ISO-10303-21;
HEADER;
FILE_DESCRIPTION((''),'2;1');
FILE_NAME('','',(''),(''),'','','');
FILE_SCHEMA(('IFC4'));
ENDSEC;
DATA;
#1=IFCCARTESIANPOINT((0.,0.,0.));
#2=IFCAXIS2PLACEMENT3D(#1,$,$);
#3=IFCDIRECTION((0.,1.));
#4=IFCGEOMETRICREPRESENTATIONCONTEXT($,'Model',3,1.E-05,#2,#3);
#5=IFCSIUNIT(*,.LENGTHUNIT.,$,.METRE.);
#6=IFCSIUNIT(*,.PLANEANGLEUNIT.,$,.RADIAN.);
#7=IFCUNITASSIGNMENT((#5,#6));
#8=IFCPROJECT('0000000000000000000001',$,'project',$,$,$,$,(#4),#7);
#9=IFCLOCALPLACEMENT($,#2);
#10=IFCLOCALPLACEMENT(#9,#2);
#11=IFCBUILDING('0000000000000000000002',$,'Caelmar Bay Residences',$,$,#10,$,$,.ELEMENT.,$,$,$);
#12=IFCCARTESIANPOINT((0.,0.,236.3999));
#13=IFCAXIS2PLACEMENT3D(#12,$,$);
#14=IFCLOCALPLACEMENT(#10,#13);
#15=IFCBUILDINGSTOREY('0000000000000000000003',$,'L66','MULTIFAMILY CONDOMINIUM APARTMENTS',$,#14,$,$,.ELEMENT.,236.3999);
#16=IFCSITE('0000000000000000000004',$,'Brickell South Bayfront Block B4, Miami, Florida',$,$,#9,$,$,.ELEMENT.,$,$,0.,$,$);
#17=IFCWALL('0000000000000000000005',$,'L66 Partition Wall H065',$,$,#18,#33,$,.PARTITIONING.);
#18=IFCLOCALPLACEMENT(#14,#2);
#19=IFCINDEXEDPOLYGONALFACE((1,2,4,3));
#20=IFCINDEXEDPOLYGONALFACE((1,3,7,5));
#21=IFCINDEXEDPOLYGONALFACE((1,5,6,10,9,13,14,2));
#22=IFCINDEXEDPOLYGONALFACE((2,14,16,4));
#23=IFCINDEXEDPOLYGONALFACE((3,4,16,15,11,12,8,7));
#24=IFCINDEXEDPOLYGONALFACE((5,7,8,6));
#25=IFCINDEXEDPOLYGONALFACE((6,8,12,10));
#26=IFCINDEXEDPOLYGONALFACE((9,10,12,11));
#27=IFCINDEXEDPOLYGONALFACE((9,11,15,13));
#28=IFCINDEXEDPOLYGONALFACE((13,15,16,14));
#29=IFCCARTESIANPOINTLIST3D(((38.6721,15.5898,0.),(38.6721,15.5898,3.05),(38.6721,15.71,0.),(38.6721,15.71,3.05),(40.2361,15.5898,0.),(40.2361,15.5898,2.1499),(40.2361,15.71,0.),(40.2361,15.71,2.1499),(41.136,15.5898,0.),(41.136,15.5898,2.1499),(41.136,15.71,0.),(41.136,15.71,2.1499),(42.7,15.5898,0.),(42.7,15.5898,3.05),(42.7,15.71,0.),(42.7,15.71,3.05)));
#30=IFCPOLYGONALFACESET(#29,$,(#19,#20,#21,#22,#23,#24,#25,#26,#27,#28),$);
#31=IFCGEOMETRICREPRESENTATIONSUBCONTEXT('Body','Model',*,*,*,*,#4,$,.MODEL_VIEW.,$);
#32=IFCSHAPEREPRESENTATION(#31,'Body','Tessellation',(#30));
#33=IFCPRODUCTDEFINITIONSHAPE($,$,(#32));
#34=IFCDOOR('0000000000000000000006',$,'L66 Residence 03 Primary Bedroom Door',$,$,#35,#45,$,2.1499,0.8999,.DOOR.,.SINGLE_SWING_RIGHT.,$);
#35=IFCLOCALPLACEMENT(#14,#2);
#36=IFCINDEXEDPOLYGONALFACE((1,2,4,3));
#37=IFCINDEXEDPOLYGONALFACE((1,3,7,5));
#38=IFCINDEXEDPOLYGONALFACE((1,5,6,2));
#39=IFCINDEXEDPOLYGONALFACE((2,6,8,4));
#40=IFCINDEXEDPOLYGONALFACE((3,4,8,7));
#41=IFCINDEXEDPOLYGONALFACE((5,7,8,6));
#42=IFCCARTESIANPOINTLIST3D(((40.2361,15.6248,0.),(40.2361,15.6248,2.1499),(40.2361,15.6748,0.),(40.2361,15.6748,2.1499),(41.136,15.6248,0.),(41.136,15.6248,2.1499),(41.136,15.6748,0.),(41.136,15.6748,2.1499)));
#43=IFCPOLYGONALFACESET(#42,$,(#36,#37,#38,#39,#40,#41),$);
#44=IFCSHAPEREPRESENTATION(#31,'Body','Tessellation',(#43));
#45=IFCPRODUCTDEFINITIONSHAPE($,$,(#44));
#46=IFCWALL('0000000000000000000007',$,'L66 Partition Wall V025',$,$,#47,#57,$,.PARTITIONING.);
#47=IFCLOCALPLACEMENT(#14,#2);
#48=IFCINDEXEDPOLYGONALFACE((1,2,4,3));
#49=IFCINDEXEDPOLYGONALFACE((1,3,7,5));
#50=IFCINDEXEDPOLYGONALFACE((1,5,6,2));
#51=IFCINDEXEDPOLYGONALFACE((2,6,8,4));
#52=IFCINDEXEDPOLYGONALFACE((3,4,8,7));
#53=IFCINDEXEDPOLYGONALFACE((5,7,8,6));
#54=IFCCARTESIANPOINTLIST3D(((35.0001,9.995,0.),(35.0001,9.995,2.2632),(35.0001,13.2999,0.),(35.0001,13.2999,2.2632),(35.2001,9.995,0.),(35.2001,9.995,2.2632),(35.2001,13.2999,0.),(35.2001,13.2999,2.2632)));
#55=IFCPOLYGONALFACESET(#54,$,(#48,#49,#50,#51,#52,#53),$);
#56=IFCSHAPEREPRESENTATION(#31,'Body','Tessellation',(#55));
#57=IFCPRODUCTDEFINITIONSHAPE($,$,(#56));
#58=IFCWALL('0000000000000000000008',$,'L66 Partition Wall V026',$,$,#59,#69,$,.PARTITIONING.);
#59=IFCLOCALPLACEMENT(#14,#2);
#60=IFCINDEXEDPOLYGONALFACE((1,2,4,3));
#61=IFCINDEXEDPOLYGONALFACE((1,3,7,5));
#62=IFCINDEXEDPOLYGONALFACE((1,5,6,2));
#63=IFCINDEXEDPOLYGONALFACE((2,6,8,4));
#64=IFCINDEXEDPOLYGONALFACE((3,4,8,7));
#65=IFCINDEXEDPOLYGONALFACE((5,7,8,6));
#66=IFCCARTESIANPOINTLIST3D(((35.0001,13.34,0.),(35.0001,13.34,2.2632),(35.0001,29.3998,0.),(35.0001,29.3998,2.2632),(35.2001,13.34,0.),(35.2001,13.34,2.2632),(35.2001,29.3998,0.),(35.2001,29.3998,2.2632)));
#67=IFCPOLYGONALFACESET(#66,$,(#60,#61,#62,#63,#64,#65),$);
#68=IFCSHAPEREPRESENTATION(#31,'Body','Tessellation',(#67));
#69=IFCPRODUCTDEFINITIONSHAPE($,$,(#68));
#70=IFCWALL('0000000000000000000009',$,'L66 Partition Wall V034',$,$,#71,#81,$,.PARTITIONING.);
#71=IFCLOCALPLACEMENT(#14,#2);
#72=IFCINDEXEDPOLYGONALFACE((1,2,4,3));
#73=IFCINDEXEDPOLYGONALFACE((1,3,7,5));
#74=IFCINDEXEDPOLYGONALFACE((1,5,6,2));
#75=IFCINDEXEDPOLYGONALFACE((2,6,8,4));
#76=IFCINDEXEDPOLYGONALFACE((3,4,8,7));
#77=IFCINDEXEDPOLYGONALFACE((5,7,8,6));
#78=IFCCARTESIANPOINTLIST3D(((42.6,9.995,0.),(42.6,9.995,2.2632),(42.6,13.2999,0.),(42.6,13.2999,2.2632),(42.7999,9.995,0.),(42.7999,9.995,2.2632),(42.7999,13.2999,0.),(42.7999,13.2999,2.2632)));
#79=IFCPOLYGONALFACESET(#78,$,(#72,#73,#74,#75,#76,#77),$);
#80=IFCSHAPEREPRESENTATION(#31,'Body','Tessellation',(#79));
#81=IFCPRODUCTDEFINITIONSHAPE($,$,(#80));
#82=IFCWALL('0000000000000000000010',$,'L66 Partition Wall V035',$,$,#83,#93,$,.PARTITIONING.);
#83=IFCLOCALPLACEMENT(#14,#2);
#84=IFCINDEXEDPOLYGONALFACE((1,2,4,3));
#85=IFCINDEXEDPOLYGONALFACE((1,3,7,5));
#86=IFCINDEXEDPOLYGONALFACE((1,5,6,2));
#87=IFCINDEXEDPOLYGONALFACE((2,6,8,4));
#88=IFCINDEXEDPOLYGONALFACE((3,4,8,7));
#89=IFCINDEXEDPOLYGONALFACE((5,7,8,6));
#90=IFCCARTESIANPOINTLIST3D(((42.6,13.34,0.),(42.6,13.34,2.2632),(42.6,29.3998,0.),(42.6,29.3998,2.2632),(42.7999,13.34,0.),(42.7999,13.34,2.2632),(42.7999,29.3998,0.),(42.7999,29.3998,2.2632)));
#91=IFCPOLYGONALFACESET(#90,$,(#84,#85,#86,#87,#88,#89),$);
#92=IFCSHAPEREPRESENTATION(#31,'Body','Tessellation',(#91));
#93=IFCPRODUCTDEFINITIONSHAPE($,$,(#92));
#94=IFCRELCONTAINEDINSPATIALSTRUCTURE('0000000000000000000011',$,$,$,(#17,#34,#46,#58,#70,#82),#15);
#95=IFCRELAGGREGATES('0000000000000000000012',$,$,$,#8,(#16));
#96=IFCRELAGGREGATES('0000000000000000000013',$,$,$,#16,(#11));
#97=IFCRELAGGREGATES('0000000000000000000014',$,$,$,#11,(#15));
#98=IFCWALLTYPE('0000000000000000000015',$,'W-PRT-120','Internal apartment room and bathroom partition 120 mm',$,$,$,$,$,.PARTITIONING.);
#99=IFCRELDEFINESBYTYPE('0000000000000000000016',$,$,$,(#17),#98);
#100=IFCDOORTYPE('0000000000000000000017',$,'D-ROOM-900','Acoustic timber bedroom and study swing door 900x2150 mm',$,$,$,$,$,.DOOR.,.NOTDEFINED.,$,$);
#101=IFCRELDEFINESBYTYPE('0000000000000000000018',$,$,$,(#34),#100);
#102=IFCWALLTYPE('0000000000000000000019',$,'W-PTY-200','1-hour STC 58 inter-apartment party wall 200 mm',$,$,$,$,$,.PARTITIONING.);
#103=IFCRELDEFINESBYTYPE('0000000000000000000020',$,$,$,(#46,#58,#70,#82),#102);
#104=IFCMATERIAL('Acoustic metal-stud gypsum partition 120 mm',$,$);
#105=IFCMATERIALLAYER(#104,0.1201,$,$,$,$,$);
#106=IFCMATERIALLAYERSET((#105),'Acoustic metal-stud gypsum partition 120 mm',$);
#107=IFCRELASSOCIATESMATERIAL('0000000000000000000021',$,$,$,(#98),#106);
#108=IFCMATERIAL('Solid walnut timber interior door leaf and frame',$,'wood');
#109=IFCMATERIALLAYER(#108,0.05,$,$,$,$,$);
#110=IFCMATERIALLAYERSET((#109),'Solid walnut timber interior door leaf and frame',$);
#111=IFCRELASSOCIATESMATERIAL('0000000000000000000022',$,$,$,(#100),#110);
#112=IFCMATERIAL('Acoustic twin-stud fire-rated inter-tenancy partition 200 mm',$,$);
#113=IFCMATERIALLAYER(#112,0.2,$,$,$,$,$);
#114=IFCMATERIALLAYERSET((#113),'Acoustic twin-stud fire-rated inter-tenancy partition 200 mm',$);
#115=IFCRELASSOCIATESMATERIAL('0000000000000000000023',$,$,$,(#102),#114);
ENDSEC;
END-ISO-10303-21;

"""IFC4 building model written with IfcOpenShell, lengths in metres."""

from ifc_helpers import new_model, si_unit, direction, frame, frame_2d, origin, place, context, subcontext, project, spatial, rectangle, extrude, material, layer, layer_set, type_object, element, fill, save


model = new_model("IFC4")

# Units and contexts
model_context = context("Model", 3, precision=1e-05, world=origin(), true_north=direction((0.0, 1.0)))
body_context = subcontext(model_context, "Body", "Model", "MODEL_VIEW")
ifc_project = project(units=[si_unit("LENGTHUNIT", "METRE"), si_unit("PLANEANGLEUNIT", "RADIAN")], contexts=[model_context])

# Site, building, storey
site_placement = place(None, origin())
site = spatial("IfcSite", under=ifc_project, at=site_placement, Name="Brickell South Bayfront Block B4, Miami, Florida", CompositionType="ELEMENT", RefElevation=0.0)
building_placement = place(site_placement, origin())
building = spatial("IfcBuilding", under=site, at=building_placement, Name="Caelmar Bay Residences", CompositionType="ELEMENT")
storey_placement = place(building_placement, frame((0.0, 0.0, 236.3999)))
storey = spatial("IfcBuildingStorey", under=building, at=storey_placement, Name="L66", Description="MULTIFAMILY CONDOMINIUM APARTMENTS", CompositionType="ELEMENT", Elevation=236.3999)

# Shared definitions
ifc_material_1 = material(Name="Acoustic metal-stud gypsum partition 120 mm")
ifc_layer_1 = layer(ifc_material_1, 0.1201)
ifc_layer_set_1 = layer_set([ifc_layer_1], Name="Acoustic metal-stud gypsum partition 120 mm")
wall_type_1 = type_object("IfcWallType", Name="W-PRT-120", Description="Internal apartment room and bathroom partition 120 mm", PredefinedType="PARTITIONING", material=ifc_layer_set_1)

# Wall, opening, door
wall_1_placement = place(storey_placement, frame((38.6721, 15.6499, 0.0), z_axis=(0.0, 0.0, 1.0), x_axis=(1.0, 0.0, 0.0)))
wall_1 = element("IfcWall", 1, at=wall_1_placement, inside=storey, type_object=wall_type_1, Name="L66 Partition Wall H065", PredefinedType="PARTITIONING", context=body_context, shape_type="SweptSolid", body=[
    extrude(rectangle(XDim=4.0278, YDim=0.1201, at=frame_2d((2.0139, 0.0))), origin(), (0.0, 0.0, 1.0), 3.05),
])
opening_placement = place(wall_1_placement, frame((1.564, 0.0, 0.0)))
opening = element("IfcOpeningElement", 2, at=opening_placement, cuts=wall_1, PredefinedType="OPENING", context=body_context, shape_type="SweptSolid", body=[
    extrude(rectangle(XDim=0.8999, YDim=2.1499, at=frame_2d((0.45, 1.075))), frame((0.0, 0.0701, 0.0), z_axis=(0.0, -1.0, 0.0), x_axis=(1.0, 0.0, 0.0)), (0.0, 0.0, 1.0), 0.1401),
])
ifc_material_2 = material(Name="Solid walnut timber interior door leaf and frame", Category="wood")
ifc_layer_2 = layer(ifc_material_2, 0.05)
ifc_layer_set_2 = layer_set([ifc_layer_2], Name="Solid walnut timber interior door leaf and frame")
door_type = type_object("IfcDoorType", Name="D-ROOM-900", Description="Acoustic timber bedroom and study swing door 900x2150 mm", OperationType="NOTDEFINED", PredefinedType="DOOR", material=ifc_layer_set_2)
door_placement = place(opening_placement, origin())
door = element("IfcDoor", 3, at=door_placement, inside=storey, type_object=door_type, Name="L66 Residence 03 Primary Bedroom Door", OperationType="SINGLE_SWING_RIGHT", OverallHeight=2.1499, OverallWidth=0.8999, PredefinedType="DOOR", context=body_context, shape_type="SweptSolid", body=[
    extrude(rectangle(XDim=0.8999, YDim=2.1499, at=frame_2d((0.45, 1.075))), frame((0.0, 0.0249, 0.0), z_axis=(0.0, -1.0, 0.0), x_axis=(1.0, 0.0, 0.0)), (0.0, 0.0, 1.0), 0.05),
])
fill(opening, door)

# Walls
ifc_material_3 = material(Name="Acoustic twin-stud fire-rated inter-tenancy partition 200 mm")
ifc_layer_3 = layer(ifc_material_3, 0.2)
ifc_layer_set_3 = layer_set([ifc_layer_3], Name="Acoustic twin-stud fire-rated inter-tenancy partition 200 mm")
wall_type_2 = type_object("IfcWallType", Name="W-PTY-200", Description="1-hour STC 58 inter-apartment party wall 200 mm", PredefinedType="PARTITIONING", material=ifc_layer_set_3)
wall_2_placement = place(storey_placement, frame((35.1001, 9.9951, 0.0), z_axis=(0.0, 0.0, 1.0), x_axis=(0.0, 1.0, 0.0)))
element("IfcWall", 4, at=wall_2_placement, inside=storey, type_object=wall_type_2, Name="L66 Partition Wall V025", PredefinedType="PARTITIONING", context=body_context, shape_type="SweptSolid", body=[
    extrude(rectangle(XDim=3.3049, YDim=0.2, at=frame_2d((1.6523, 0.0))), origin(), (0.0, 0.0, 1.0), 2.2632),
])
wall_3_placement = place(storey_placement, frame((35.1001, 13.3401, 0.0), z_axis=(0.0, 0.0, 1.0), x_axis=(0.0, 1.0, 0.0)))
element("IfcWall", 5, at=wall_3_placement, inside=storey, type_object=wall_type_2, Name="L66 Partition Wall V026", PredefinedType="PARTITIONING", context=body_context, shape_type="SweptSolid", body=[
    extrude(rectangle(XDim=16.0598, YDim=0.2, at=frame_2d((8.0298, 0.0))), origin(), (0.0, 0.0, 1.0), 2.2632),
])
wall_4_placement = place(storey_placement, frame((42.7, 9.9951, 0.0), z_axis=(0.0, 0.0, 1.0), x_axis=(0.0, 1.0, 0.0)))
element("IfcWall", 6, at=wall_4_placement, inside=storey, type_object=wall_type_2, Name="L66 Partition Wall V034", PredefinedType="PARTITIONING", context=body_context, shape_type="SweptSolid", body=[
    extrude(rectangle(XDim=3.3049, YDim=0.2, at=frame_2d((1.6523, 0.0))), origin(), (0.0, 0.0, 1.0), 2.2632),
])
wall_5_placement = place(storey_placement, frame((42.7, 13.3401, 0.0), z_axis=(0.0, 0.0, 1.0), x_axis=(0.0, 1.0, 0.0)))
element("IfcWall", 7, at=wall_5_placement, inside=storey, type_object=wall_type_2, Name="L66 Partition Wall V035", PredefinedType="PARTITIONING", context=body_context, shape_type="SweptSolid", body=[
    extrude(rectangle(XDim=16.0598, YDim=0.2, at=frame_2d((8.0298, 0.0))), origin(), (0.0, 0.0, 1.0), 2.2632),
])

save(model, "model.ifc")
